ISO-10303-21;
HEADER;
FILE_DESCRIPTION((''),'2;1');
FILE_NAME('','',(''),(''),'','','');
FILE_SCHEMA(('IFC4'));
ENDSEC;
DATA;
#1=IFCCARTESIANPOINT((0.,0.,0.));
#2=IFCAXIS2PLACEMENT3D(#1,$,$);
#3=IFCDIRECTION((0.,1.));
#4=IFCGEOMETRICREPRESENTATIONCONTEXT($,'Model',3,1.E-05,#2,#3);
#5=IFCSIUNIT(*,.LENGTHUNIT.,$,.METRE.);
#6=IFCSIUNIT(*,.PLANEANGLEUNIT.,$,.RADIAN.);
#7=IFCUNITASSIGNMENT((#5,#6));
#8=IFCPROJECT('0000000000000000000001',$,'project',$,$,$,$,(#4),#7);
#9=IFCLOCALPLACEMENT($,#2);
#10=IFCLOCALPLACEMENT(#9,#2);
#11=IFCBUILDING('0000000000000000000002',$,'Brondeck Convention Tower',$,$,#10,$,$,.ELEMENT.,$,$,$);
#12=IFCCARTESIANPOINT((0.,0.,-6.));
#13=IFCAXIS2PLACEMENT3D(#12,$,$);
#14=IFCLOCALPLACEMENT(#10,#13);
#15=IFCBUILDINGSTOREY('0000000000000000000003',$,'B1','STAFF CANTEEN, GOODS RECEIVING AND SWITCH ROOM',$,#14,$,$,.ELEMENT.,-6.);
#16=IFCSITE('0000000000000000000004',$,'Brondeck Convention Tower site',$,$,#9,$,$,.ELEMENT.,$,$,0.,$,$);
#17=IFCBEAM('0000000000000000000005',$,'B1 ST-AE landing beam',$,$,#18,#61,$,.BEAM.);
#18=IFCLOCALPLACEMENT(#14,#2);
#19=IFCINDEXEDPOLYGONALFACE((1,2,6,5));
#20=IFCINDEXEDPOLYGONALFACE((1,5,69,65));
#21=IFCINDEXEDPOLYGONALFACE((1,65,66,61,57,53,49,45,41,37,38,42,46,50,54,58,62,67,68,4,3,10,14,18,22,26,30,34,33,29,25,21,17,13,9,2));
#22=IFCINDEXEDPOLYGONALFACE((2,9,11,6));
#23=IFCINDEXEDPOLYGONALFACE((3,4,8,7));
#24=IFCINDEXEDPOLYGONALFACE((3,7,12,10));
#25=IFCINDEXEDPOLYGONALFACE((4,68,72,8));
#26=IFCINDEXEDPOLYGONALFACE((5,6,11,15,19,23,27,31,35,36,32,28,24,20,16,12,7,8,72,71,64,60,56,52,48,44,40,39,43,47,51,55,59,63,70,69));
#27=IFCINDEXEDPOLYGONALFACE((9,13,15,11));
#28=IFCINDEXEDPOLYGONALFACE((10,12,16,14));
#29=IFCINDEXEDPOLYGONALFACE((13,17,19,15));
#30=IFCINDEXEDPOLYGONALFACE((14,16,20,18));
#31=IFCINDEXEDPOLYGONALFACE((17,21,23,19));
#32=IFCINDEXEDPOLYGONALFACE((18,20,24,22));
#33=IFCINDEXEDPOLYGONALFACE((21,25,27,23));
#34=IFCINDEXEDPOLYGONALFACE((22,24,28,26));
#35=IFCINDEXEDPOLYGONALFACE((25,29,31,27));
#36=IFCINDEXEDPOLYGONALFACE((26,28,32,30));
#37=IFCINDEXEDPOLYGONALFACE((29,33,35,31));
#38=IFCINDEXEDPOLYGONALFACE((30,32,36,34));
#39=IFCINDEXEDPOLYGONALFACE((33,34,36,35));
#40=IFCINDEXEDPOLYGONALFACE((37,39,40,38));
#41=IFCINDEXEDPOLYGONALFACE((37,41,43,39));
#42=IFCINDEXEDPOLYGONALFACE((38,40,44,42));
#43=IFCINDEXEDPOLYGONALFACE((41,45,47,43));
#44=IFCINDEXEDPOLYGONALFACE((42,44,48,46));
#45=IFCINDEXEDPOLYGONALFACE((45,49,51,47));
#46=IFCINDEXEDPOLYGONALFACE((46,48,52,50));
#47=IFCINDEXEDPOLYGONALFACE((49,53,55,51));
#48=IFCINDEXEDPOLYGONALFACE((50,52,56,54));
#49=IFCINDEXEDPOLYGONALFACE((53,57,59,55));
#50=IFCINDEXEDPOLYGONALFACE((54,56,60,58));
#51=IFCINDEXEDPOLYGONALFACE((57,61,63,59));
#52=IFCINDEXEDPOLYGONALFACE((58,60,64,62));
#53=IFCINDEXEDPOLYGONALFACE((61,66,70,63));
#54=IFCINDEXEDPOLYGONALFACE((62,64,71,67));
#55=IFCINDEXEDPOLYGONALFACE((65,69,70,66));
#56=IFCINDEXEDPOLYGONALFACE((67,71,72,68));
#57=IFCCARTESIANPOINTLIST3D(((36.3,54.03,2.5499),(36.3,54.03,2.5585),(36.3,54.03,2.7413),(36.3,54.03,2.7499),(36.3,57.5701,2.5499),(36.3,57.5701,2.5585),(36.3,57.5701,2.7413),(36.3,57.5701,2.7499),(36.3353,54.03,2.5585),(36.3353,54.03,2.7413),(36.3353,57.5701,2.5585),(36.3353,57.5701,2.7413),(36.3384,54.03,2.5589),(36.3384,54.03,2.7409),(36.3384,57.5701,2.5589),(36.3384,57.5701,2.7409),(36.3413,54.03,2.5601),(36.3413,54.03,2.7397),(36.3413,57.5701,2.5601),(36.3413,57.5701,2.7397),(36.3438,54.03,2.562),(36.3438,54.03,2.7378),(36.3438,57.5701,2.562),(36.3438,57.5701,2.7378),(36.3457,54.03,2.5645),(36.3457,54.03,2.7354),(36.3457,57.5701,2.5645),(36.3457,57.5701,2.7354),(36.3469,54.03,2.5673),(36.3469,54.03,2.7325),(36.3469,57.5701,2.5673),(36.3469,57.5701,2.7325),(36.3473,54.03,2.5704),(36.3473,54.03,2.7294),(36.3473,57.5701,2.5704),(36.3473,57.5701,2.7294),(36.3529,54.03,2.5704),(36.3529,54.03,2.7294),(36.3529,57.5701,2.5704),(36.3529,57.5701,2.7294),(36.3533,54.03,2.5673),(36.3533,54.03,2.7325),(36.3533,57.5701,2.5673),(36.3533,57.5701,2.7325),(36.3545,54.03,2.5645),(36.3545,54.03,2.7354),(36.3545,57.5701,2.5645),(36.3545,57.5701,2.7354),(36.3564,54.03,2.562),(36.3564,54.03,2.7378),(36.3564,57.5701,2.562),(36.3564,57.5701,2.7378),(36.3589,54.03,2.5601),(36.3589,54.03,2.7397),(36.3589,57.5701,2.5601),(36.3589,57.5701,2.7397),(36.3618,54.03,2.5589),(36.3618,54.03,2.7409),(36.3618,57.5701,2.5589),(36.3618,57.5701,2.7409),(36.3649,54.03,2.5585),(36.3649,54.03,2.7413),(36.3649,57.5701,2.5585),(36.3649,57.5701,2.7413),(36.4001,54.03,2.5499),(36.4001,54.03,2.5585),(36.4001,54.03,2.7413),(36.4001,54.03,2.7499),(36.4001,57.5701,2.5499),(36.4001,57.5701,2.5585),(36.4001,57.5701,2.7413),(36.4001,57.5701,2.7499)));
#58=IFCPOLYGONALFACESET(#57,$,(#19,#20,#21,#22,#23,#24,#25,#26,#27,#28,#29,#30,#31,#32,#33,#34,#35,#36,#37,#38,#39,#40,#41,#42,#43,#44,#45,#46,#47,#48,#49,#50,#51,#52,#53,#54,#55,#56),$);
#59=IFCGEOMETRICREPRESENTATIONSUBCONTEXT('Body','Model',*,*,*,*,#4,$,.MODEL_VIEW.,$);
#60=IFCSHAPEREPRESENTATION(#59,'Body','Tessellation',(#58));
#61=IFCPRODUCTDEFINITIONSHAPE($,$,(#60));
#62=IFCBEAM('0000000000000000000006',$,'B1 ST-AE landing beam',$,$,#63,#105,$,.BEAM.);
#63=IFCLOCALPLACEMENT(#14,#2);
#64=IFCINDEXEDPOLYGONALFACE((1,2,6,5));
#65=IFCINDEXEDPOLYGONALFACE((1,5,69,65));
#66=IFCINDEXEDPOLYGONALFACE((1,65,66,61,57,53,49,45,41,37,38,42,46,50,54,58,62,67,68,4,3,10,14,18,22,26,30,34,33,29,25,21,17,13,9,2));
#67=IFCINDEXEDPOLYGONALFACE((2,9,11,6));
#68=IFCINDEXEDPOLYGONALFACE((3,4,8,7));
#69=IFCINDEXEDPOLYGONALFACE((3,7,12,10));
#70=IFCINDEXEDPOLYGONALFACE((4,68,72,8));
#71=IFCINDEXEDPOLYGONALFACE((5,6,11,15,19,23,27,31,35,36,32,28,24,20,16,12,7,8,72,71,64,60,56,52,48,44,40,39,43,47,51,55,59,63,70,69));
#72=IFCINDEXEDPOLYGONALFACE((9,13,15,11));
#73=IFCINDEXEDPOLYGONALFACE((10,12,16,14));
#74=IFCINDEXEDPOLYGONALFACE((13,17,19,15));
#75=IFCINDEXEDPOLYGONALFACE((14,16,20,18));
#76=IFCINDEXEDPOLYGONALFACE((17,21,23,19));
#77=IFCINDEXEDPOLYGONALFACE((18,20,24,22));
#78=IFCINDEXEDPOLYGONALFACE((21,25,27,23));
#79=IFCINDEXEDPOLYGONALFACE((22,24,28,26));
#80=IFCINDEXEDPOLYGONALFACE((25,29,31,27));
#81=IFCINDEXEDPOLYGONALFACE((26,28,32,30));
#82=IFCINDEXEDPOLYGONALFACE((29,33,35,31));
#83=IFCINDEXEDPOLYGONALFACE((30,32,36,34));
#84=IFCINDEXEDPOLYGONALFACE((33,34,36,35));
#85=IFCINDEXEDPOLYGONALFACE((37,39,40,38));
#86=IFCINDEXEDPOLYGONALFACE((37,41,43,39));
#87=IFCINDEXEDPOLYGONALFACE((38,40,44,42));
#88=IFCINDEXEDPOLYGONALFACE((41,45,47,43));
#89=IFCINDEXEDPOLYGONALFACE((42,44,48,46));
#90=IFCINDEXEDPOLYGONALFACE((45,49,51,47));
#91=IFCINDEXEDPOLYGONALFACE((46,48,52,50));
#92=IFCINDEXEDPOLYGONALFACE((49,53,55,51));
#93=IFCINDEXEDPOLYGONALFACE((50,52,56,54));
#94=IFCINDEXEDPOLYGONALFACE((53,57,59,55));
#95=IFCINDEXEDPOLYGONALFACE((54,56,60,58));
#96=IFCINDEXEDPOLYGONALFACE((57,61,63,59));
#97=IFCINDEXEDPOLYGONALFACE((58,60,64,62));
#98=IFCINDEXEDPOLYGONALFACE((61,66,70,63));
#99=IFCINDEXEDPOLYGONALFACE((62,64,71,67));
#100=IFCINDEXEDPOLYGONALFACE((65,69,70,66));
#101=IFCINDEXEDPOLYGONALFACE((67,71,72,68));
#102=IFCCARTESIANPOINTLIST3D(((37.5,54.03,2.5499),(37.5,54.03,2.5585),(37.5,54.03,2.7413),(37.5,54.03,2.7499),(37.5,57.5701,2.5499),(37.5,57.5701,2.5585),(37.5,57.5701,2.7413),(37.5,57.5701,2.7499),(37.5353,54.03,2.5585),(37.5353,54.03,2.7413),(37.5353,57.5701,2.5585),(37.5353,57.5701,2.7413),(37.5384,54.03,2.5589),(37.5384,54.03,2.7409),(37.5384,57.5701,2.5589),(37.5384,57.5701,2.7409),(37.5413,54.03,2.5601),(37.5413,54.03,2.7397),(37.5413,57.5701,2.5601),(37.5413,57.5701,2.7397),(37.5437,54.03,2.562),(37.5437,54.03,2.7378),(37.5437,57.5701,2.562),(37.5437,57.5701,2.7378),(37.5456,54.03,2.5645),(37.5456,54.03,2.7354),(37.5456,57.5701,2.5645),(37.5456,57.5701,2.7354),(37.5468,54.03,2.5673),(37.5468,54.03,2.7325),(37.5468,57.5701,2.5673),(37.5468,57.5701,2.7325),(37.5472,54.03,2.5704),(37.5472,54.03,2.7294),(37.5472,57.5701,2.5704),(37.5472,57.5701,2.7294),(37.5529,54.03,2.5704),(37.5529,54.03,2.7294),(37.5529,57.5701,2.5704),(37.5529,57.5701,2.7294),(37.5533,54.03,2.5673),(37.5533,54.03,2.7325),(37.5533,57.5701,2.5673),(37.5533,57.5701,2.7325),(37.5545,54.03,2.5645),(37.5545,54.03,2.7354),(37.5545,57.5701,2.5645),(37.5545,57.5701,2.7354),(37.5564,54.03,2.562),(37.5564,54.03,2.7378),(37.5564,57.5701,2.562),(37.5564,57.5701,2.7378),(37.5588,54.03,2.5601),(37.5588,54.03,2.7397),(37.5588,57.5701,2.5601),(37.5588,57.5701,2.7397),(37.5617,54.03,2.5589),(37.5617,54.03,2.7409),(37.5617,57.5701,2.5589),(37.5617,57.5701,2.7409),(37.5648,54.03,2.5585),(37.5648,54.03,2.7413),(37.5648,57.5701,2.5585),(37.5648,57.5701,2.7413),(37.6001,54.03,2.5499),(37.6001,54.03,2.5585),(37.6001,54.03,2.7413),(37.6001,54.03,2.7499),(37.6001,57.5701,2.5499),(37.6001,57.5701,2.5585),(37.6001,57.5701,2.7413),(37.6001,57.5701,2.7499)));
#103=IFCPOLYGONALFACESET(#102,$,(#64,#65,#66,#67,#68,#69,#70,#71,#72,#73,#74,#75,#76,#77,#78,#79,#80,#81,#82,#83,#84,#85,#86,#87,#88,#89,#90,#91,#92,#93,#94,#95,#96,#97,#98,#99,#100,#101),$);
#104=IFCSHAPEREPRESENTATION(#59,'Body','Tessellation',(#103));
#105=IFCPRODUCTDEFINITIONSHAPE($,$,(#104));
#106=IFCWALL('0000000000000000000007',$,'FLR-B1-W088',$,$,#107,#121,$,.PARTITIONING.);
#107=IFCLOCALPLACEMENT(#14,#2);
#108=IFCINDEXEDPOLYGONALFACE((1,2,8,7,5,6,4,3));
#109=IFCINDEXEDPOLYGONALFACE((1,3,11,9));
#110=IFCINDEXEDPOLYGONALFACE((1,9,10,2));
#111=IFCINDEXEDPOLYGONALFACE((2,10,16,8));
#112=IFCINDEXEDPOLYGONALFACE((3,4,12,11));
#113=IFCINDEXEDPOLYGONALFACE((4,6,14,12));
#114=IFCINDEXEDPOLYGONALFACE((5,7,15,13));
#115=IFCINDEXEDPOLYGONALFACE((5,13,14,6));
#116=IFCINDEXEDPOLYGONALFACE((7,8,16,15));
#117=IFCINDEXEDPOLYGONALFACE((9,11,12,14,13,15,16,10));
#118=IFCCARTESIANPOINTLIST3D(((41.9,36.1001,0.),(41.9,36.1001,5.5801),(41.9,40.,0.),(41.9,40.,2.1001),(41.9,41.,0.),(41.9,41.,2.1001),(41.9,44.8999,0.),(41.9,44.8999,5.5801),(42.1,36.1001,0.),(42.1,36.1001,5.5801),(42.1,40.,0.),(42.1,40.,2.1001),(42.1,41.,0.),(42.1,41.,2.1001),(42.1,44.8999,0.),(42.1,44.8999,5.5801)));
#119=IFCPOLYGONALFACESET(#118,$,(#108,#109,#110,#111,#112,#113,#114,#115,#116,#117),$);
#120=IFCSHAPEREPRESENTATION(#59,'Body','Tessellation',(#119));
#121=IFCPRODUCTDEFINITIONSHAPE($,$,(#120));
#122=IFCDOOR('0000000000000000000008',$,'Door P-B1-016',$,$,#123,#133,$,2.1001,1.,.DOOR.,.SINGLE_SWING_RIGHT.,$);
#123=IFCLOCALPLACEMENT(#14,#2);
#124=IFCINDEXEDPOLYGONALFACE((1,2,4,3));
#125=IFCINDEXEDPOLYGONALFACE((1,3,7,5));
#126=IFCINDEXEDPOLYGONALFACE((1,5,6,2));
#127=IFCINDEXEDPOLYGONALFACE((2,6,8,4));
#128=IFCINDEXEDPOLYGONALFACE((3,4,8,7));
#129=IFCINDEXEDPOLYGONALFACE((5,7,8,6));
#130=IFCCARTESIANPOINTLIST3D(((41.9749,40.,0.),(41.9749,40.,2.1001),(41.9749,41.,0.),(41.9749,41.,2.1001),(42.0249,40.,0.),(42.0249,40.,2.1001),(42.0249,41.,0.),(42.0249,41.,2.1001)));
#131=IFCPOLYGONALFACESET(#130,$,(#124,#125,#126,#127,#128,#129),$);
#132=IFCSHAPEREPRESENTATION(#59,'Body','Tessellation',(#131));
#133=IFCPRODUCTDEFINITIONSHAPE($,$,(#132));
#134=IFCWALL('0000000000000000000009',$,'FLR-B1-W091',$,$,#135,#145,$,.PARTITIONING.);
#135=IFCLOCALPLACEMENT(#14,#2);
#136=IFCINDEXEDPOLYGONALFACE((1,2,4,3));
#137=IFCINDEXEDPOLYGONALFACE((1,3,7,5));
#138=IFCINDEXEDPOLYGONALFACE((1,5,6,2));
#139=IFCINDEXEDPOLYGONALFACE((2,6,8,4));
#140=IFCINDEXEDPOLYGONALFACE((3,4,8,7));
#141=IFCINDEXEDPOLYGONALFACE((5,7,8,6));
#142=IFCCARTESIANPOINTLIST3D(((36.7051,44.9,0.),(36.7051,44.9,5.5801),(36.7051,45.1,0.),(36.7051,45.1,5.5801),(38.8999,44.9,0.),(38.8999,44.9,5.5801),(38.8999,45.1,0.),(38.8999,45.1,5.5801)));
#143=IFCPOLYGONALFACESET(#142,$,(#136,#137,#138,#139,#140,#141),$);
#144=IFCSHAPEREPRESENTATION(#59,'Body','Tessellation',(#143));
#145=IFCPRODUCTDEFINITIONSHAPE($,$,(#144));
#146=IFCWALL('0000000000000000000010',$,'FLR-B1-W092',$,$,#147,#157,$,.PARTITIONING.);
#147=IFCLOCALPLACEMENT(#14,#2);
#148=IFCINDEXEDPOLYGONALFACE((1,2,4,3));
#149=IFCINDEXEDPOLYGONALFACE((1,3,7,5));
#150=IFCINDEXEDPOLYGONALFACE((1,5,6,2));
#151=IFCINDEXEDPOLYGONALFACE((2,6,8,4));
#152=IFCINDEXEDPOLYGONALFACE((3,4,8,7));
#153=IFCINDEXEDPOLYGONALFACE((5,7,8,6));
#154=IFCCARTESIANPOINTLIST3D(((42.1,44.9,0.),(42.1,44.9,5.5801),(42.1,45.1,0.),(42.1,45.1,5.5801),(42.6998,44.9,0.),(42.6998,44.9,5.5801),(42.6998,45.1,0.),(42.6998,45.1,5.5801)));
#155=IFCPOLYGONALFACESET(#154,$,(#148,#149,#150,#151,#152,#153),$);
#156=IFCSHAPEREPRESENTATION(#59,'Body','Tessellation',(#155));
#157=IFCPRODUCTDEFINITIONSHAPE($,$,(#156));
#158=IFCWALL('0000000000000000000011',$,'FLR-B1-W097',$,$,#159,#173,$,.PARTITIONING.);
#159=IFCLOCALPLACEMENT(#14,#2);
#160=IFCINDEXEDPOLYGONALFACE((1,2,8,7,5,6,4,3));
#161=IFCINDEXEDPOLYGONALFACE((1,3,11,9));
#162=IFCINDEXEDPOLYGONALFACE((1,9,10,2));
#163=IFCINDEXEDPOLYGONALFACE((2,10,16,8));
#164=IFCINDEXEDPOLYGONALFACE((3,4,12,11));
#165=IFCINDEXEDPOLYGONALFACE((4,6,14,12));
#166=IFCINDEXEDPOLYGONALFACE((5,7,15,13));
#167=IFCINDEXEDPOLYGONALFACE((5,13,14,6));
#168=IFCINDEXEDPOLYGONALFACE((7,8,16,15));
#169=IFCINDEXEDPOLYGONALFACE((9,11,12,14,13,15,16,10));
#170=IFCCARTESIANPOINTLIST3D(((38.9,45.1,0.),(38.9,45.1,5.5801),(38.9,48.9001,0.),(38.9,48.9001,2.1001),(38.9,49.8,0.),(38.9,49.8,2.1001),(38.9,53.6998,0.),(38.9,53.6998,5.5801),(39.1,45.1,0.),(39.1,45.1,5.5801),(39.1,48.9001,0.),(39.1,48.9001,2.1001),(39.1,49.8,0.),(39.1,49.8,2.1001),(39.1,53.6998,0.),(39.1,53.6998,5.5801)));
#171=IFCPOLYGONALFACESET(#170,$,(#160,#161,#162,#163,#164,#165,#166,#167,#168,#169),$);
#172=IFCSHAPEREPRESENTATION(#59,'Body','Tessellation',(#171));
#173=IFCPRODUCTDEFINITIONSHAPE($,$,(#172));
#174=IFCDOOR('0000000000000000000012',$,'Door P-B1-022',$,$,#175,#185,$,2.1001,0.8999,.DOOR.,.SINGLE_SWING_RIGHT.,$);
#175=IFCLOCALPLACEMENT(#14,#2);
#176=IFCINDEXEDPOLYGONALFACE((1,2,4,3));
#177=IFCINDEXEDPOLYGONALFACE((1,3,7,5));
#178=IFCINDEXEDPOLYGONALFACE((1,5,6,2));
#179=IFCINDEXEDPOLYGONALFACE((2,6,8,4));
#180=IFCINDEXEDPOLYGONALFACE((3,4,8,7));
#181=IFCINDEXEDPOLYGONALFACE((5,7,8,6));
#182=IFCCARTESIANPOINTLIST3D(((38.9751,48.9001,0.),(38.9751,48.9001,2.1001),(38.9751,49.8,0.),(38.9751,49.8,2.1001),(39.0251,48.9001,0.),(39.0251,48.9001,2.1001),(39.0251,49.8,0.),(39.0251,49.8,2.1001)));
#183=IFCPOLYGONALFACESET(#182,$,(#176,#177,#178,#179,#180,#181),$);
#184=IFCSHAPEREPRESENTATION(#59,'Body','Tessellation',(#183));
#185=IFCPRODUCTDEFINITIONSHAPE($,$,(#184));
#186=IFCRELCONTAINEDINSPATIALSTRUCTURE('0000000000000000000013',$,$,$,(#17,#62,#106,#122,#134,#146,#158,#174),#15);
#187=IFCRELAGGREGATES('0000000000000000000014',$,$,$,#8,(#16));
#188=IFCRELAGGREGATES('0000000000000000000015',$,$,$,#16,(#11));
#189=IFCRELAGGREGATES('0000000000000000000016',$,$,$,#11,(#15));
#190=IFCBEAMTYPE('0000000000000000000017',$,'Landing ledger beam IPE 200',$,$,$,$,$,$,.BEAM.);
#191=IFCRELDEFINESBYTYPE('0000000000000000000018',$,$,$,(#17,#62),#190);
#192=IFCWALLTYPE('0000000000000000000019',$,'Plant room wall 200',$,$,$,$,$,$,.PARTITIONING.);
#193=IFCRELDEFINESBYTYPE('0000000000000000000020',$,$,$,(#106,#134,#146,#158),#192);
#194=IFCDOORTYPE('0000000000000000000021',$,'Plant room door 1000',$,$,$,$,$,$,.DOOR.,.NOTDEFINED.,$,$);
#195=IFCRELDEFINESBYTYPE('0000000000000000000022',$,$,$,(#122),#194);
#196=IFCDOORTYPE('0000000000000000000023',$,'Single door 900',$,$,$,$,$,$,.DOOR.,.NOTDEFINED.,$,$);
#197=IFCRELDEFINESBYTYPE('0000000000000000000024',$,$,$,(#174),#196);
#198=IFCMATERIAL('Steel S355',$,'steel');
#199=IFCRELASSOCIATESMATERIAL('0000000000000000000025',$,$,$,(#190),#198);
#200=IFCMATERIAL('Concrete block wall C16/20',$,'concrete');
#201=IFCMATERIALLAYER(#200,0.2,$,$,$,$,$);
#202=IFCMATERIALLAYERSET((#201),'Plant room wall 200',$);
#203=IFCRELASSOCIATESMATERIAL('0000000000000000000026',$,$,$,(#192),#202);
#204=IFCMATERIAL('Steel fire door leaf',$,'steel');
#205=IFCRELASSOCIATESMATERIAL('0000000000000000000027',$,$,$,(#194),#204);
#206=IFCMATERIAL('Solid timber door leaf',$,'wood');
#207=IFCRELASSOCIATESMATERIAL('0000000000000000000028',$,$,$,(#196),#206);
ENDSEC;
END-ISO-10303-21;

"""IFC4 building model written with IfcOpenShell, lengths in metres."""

from ifc_helpers import new_model, si_unit, direction, frame, frame_2d, origin, origin_2d, place, context, subcontext, project, spatial, rectangle, i_section, extrude, material, layer, layer_set, material_profile, profile_set, type_object, element, fill, save


model = new_model("IFC4")

# Units and contexts
model_context = context("Model", 3, precision=1e-05, world=origin(), true_north=direction((0.0, 1.0)))
body_context = subcontext(model_context, "Body", "Model", "MODEL_VIEW")
ifc_project = project(units=[si_unit("LENGTHUNIT", "METRE"), si_unit("PLANEANGLEUNIT", "RADIAN")], contexts=[model_context])

# Site, building, storey
site_placement = place(None, origin())
site = spatial("IfcSite", under=ifc_project, at=site_placement, Name="Brondeck Convention Tower site", CompositionType="ELEMENT", RefElevation=0.0)
building_placement = place(site_placement, origin())
building = spatial("IfcBuilding", under=site, at=building_placement, Name="Brondeck Convention Tower", CompositionType="ELEMENT")
storey_placement = place(building_placement, frame((0.0, 0.0, -6.0)))
storey = spatial("IfcBuildingStorey", under=building, at=storey_placement, Name="B1", Description="STAFF CANTEEN, GOODS RECEIVING AND SWITCH ROOM", CompositionType="ELEMENT", Elevation=-6.0)

# Beams
ifc_material_1 = material(Name="Steel S355", Category="steel")
ifc_material_profile_1 = material_profile(ifc_material_1, i_section(OverallWidth=0.1001, OverallDepth=0.2, WebThickness=0.0056, FlangeThickness=0.0085, FilletRadius=0.012, at=origin_2d()), Name="IPE200")
ifc_profile_set_1 = profile_set([ifc_material_profile_1], Name="Steel S355")
beam_type = type_object("IfcBeamType", Name="Landing ledger beam IPE 200", PredefinedType="BEAM", material=ifc_profile_set_1)
for number, where, z_axis, x_axis, name in (
    (1, (36.3501, 54.03, 2.6499), (0.0, 1.0, 0.0), (-1.0, 0.0, 0.0), "B1 ST-AE landing beam"),
    (2, (37.55, 54.03, 2.6499), (0.0, 1.0, 0.0), (-1.0, 0.0, 0.0), "B1 ST-AE landing beam"),
):
    element("IfcBeam", number, at=place(storey_placement, frame(where, z_axis=z_axis, x_axis=x_axis)), inside=storey, type_object=beam_type, Name=name, PredefinedType="BEAM", context=body_context, shape_type="SweptSolid", body=[
        extrude(i_section(OverallWidth=0.1001, OverallDepth=0.2, WebThickness=0.0056, FlangeThickness=0.0085, FilletRadius=0.012, at=origin_2d()), origin(), (0.0, 0.0, 1.0), 3.54),
    ])

# Wall, opening, door
ifc_material_2 = material(Name="Concrete block wall C16/20", Category="concrete")
ifc_layer_1 = layer(ifc_material_2, 0.2)
ifc_layer_set_1 = layer_set([ifc_layer_1], Name="Plant room wall 200")
wall_type_1 = type_object("IfcWallType", Name="Plant room wall 200", PredefinedType="PARTITIONING", material=ifc_layer_set_1)
wall_1_placement = place(storey_placement, frame((42.0, 44.8999, 0.0), z_axis=(0.0, 0.0, 1.0), x_axis=(0.0, -1.0, 0.0)))
wall_1 = element("IfcWall", 3, at=wall_1_placement, inside=storey, type_object=wall_type_1, Name="FLR-B1-W088", PredefinedType="PARTITIONING", context=body_context, shape_type="SweptSolid", body=[
    extrude(rectangle(XDim=8.7998, YDim=0.2, at=frame_2d((4.3999, 0.0))), origin(), (0.0, 0.0, 1.0), 5.5801),
])
opening_1_placement = place(wall_1_placement, frame((3.8999, 0.0, 0.0)))
opening_1 = element("IfcOpeningElement", 4, at=opening_1_placement, cuts=wall_1, PredefinedType="OPENING", context=body_context, shape_type="SweptSolid", body=[
    extrude(rectangle(XDim=1.0, YDim=2.1001, at=frame_2d((0.5, 1.05))), frame((0.0, 0.1099, 0.0), z_axis=(0.0, -1.0, 0.0), x_axis=(1.0, 0.0, 0.0)), (0.0, 0.0, 1.0), 0.22),
])
ifc_material_3 = material(Name="Steel fire door leaf", Category="steel")
door_type_1 = type_object("IfcDoorType", Name="Plant room door 1000", OperationType="NOTDEFINED", PredefinedType="DOOR", material=ifc_material_3)
door_1_placement = place(opening_1_placement, origin())
door_1 = element("IfcDoor", 5, at=door_1_placement, inside=storey, type_object=door_type_1, Name="Door P-B1-016", OperationType="SINGLE_SWING_RIGHT", OverallHeight=2.1001, OverallWidth=1.0, PredefinedType="DOOR", context=body_context, shape_type="SweptSolid", body=[
    extrude(rectangle(XDim=1.0, YDim=2.1001, at=frame_2d((0.5, 1.05))), frame((0.0, 0.0249, 0.0), z_axis=(0.0, -1.0, 0.0), x_axis=(1.0, 0.0, 0.0)), (0.0, 0.0, 1.0), 0.05),
])
fill(opening_1, door_1)

# Walls
wall_2_placement = place(storey_placement, frame((36.7051, 45.0, 0.0), z_axis=(0.0, 0.0, 1.0), x_axis=(1.0, 0.0, 0.0)))
element("IfcWall", 6, at=wall_2_placement, inside=storey, type_object=wall_type_1, Name="FLR-B1-W091", PredefinedType="PARTITIONING", context=body_context, shape_type="SweptSolid", body=[
    extrude(rectangle(XDim=2.1948, YDim=0.2, at=frame_2d((1.0974, 0.0))), origin(), (0.0, 0.0, 1.0), 5.5801),
])
wall_3_placement = place(storey_placement, frame((42.1001, 45.0, 0.0), z_axis=(0.0, 0.0, 1.0), x_axis=(1.0, 0.0, 0.0)))
element("IfcWall", 7, at=wall_3_placement, inside=storey, type_object=wall_type_1, Name="FLR-B1-W092", PredefinedType="PARTITIONING", context=body_context, shape_type="SweptSolid", body=[
    extrude(rectangle(XDim=0.5999, YDim=0.2, at=frame_2d((0.2998, 0.0))), origin(), (0.0, 0.0, 1.0), 5.5801),
])

# Wall, opening, door
wall_4_placement = place(storey_placement, frame((39.0, 45.1001, 0.0), z_axis=(0.0, 0.0, 1.0), x_axis=(0.0, 1.0, 0.0)))
wall_4 = element("IfcWall", 8, at=wall_4_placement, inside=storey, type_object=wall_type_1, Name="FLR-B1-W097", PredefinedType="PARTITIONING", context=body_context, shape_type="SweptSolid", body=[
    extrude(rectangle(XDim=8.5999, YDim=0.2, at=frame_2d((4.2998, 0.0))), origin(), (0.0, 0.0, 1.0), 5.5801),
])
opening_2_placement = place(wall_4_placement, frame((3.8, 0.0, 0.0)))
opening_2 = element("IfcOpeningElement", 9, at=opening_2_placement, cuts=wall_4, PredefinedType="OPENING", context=body_context, shape_type="SweptSolid", body=[
    extrude(rectangle(XDim=0.8999, YDim=2.1001, at=frame_2d((0.45, 1.05))), frame((0.0, 0.1099, 0.0), z_axis=(0.0, -1.0, 0.0), x_axis=(1.0, 0.0, 0.0)), (0.0, 0.0, 1.0), 0.22),
])
ifc_material_4 = material(Name="Solid timber door leaf", Category="wood")
door_type_2 = type_object("IfcDoorType", Name="Single door 900", OperationType="NOTDEFINED", PredefinedType="DOOR", material=ifc_material_4)
door_2_placement = place(opening_2_placement, origin())
door_2 = element("IfcDoor", 10, at=door_2_placement, inside=storey, type_object=door_type_2, Name="Door P-B1-022", OperationType="SINGLE_SWING_RIGHT", OverallHeight=2.1001, OverallWidth=0.8999, PredefinedType="DOOR", context=body_context, shape_type="SweptSolid", body=[
    extrude(rectangle(XDim=0.8999, YDim=2.1001, at=frame_2d((0.45, 1.05))), frame((0.0, 0.0249, 0.0), z_axis=(0.0, -1.0, 0.0), x_axis=(1.0, 0.0, 0.0)), (0.0, 0.0, 1.0), 0.05),
])
fill(opening_2, door_2)

save(model, "model.ifc")
